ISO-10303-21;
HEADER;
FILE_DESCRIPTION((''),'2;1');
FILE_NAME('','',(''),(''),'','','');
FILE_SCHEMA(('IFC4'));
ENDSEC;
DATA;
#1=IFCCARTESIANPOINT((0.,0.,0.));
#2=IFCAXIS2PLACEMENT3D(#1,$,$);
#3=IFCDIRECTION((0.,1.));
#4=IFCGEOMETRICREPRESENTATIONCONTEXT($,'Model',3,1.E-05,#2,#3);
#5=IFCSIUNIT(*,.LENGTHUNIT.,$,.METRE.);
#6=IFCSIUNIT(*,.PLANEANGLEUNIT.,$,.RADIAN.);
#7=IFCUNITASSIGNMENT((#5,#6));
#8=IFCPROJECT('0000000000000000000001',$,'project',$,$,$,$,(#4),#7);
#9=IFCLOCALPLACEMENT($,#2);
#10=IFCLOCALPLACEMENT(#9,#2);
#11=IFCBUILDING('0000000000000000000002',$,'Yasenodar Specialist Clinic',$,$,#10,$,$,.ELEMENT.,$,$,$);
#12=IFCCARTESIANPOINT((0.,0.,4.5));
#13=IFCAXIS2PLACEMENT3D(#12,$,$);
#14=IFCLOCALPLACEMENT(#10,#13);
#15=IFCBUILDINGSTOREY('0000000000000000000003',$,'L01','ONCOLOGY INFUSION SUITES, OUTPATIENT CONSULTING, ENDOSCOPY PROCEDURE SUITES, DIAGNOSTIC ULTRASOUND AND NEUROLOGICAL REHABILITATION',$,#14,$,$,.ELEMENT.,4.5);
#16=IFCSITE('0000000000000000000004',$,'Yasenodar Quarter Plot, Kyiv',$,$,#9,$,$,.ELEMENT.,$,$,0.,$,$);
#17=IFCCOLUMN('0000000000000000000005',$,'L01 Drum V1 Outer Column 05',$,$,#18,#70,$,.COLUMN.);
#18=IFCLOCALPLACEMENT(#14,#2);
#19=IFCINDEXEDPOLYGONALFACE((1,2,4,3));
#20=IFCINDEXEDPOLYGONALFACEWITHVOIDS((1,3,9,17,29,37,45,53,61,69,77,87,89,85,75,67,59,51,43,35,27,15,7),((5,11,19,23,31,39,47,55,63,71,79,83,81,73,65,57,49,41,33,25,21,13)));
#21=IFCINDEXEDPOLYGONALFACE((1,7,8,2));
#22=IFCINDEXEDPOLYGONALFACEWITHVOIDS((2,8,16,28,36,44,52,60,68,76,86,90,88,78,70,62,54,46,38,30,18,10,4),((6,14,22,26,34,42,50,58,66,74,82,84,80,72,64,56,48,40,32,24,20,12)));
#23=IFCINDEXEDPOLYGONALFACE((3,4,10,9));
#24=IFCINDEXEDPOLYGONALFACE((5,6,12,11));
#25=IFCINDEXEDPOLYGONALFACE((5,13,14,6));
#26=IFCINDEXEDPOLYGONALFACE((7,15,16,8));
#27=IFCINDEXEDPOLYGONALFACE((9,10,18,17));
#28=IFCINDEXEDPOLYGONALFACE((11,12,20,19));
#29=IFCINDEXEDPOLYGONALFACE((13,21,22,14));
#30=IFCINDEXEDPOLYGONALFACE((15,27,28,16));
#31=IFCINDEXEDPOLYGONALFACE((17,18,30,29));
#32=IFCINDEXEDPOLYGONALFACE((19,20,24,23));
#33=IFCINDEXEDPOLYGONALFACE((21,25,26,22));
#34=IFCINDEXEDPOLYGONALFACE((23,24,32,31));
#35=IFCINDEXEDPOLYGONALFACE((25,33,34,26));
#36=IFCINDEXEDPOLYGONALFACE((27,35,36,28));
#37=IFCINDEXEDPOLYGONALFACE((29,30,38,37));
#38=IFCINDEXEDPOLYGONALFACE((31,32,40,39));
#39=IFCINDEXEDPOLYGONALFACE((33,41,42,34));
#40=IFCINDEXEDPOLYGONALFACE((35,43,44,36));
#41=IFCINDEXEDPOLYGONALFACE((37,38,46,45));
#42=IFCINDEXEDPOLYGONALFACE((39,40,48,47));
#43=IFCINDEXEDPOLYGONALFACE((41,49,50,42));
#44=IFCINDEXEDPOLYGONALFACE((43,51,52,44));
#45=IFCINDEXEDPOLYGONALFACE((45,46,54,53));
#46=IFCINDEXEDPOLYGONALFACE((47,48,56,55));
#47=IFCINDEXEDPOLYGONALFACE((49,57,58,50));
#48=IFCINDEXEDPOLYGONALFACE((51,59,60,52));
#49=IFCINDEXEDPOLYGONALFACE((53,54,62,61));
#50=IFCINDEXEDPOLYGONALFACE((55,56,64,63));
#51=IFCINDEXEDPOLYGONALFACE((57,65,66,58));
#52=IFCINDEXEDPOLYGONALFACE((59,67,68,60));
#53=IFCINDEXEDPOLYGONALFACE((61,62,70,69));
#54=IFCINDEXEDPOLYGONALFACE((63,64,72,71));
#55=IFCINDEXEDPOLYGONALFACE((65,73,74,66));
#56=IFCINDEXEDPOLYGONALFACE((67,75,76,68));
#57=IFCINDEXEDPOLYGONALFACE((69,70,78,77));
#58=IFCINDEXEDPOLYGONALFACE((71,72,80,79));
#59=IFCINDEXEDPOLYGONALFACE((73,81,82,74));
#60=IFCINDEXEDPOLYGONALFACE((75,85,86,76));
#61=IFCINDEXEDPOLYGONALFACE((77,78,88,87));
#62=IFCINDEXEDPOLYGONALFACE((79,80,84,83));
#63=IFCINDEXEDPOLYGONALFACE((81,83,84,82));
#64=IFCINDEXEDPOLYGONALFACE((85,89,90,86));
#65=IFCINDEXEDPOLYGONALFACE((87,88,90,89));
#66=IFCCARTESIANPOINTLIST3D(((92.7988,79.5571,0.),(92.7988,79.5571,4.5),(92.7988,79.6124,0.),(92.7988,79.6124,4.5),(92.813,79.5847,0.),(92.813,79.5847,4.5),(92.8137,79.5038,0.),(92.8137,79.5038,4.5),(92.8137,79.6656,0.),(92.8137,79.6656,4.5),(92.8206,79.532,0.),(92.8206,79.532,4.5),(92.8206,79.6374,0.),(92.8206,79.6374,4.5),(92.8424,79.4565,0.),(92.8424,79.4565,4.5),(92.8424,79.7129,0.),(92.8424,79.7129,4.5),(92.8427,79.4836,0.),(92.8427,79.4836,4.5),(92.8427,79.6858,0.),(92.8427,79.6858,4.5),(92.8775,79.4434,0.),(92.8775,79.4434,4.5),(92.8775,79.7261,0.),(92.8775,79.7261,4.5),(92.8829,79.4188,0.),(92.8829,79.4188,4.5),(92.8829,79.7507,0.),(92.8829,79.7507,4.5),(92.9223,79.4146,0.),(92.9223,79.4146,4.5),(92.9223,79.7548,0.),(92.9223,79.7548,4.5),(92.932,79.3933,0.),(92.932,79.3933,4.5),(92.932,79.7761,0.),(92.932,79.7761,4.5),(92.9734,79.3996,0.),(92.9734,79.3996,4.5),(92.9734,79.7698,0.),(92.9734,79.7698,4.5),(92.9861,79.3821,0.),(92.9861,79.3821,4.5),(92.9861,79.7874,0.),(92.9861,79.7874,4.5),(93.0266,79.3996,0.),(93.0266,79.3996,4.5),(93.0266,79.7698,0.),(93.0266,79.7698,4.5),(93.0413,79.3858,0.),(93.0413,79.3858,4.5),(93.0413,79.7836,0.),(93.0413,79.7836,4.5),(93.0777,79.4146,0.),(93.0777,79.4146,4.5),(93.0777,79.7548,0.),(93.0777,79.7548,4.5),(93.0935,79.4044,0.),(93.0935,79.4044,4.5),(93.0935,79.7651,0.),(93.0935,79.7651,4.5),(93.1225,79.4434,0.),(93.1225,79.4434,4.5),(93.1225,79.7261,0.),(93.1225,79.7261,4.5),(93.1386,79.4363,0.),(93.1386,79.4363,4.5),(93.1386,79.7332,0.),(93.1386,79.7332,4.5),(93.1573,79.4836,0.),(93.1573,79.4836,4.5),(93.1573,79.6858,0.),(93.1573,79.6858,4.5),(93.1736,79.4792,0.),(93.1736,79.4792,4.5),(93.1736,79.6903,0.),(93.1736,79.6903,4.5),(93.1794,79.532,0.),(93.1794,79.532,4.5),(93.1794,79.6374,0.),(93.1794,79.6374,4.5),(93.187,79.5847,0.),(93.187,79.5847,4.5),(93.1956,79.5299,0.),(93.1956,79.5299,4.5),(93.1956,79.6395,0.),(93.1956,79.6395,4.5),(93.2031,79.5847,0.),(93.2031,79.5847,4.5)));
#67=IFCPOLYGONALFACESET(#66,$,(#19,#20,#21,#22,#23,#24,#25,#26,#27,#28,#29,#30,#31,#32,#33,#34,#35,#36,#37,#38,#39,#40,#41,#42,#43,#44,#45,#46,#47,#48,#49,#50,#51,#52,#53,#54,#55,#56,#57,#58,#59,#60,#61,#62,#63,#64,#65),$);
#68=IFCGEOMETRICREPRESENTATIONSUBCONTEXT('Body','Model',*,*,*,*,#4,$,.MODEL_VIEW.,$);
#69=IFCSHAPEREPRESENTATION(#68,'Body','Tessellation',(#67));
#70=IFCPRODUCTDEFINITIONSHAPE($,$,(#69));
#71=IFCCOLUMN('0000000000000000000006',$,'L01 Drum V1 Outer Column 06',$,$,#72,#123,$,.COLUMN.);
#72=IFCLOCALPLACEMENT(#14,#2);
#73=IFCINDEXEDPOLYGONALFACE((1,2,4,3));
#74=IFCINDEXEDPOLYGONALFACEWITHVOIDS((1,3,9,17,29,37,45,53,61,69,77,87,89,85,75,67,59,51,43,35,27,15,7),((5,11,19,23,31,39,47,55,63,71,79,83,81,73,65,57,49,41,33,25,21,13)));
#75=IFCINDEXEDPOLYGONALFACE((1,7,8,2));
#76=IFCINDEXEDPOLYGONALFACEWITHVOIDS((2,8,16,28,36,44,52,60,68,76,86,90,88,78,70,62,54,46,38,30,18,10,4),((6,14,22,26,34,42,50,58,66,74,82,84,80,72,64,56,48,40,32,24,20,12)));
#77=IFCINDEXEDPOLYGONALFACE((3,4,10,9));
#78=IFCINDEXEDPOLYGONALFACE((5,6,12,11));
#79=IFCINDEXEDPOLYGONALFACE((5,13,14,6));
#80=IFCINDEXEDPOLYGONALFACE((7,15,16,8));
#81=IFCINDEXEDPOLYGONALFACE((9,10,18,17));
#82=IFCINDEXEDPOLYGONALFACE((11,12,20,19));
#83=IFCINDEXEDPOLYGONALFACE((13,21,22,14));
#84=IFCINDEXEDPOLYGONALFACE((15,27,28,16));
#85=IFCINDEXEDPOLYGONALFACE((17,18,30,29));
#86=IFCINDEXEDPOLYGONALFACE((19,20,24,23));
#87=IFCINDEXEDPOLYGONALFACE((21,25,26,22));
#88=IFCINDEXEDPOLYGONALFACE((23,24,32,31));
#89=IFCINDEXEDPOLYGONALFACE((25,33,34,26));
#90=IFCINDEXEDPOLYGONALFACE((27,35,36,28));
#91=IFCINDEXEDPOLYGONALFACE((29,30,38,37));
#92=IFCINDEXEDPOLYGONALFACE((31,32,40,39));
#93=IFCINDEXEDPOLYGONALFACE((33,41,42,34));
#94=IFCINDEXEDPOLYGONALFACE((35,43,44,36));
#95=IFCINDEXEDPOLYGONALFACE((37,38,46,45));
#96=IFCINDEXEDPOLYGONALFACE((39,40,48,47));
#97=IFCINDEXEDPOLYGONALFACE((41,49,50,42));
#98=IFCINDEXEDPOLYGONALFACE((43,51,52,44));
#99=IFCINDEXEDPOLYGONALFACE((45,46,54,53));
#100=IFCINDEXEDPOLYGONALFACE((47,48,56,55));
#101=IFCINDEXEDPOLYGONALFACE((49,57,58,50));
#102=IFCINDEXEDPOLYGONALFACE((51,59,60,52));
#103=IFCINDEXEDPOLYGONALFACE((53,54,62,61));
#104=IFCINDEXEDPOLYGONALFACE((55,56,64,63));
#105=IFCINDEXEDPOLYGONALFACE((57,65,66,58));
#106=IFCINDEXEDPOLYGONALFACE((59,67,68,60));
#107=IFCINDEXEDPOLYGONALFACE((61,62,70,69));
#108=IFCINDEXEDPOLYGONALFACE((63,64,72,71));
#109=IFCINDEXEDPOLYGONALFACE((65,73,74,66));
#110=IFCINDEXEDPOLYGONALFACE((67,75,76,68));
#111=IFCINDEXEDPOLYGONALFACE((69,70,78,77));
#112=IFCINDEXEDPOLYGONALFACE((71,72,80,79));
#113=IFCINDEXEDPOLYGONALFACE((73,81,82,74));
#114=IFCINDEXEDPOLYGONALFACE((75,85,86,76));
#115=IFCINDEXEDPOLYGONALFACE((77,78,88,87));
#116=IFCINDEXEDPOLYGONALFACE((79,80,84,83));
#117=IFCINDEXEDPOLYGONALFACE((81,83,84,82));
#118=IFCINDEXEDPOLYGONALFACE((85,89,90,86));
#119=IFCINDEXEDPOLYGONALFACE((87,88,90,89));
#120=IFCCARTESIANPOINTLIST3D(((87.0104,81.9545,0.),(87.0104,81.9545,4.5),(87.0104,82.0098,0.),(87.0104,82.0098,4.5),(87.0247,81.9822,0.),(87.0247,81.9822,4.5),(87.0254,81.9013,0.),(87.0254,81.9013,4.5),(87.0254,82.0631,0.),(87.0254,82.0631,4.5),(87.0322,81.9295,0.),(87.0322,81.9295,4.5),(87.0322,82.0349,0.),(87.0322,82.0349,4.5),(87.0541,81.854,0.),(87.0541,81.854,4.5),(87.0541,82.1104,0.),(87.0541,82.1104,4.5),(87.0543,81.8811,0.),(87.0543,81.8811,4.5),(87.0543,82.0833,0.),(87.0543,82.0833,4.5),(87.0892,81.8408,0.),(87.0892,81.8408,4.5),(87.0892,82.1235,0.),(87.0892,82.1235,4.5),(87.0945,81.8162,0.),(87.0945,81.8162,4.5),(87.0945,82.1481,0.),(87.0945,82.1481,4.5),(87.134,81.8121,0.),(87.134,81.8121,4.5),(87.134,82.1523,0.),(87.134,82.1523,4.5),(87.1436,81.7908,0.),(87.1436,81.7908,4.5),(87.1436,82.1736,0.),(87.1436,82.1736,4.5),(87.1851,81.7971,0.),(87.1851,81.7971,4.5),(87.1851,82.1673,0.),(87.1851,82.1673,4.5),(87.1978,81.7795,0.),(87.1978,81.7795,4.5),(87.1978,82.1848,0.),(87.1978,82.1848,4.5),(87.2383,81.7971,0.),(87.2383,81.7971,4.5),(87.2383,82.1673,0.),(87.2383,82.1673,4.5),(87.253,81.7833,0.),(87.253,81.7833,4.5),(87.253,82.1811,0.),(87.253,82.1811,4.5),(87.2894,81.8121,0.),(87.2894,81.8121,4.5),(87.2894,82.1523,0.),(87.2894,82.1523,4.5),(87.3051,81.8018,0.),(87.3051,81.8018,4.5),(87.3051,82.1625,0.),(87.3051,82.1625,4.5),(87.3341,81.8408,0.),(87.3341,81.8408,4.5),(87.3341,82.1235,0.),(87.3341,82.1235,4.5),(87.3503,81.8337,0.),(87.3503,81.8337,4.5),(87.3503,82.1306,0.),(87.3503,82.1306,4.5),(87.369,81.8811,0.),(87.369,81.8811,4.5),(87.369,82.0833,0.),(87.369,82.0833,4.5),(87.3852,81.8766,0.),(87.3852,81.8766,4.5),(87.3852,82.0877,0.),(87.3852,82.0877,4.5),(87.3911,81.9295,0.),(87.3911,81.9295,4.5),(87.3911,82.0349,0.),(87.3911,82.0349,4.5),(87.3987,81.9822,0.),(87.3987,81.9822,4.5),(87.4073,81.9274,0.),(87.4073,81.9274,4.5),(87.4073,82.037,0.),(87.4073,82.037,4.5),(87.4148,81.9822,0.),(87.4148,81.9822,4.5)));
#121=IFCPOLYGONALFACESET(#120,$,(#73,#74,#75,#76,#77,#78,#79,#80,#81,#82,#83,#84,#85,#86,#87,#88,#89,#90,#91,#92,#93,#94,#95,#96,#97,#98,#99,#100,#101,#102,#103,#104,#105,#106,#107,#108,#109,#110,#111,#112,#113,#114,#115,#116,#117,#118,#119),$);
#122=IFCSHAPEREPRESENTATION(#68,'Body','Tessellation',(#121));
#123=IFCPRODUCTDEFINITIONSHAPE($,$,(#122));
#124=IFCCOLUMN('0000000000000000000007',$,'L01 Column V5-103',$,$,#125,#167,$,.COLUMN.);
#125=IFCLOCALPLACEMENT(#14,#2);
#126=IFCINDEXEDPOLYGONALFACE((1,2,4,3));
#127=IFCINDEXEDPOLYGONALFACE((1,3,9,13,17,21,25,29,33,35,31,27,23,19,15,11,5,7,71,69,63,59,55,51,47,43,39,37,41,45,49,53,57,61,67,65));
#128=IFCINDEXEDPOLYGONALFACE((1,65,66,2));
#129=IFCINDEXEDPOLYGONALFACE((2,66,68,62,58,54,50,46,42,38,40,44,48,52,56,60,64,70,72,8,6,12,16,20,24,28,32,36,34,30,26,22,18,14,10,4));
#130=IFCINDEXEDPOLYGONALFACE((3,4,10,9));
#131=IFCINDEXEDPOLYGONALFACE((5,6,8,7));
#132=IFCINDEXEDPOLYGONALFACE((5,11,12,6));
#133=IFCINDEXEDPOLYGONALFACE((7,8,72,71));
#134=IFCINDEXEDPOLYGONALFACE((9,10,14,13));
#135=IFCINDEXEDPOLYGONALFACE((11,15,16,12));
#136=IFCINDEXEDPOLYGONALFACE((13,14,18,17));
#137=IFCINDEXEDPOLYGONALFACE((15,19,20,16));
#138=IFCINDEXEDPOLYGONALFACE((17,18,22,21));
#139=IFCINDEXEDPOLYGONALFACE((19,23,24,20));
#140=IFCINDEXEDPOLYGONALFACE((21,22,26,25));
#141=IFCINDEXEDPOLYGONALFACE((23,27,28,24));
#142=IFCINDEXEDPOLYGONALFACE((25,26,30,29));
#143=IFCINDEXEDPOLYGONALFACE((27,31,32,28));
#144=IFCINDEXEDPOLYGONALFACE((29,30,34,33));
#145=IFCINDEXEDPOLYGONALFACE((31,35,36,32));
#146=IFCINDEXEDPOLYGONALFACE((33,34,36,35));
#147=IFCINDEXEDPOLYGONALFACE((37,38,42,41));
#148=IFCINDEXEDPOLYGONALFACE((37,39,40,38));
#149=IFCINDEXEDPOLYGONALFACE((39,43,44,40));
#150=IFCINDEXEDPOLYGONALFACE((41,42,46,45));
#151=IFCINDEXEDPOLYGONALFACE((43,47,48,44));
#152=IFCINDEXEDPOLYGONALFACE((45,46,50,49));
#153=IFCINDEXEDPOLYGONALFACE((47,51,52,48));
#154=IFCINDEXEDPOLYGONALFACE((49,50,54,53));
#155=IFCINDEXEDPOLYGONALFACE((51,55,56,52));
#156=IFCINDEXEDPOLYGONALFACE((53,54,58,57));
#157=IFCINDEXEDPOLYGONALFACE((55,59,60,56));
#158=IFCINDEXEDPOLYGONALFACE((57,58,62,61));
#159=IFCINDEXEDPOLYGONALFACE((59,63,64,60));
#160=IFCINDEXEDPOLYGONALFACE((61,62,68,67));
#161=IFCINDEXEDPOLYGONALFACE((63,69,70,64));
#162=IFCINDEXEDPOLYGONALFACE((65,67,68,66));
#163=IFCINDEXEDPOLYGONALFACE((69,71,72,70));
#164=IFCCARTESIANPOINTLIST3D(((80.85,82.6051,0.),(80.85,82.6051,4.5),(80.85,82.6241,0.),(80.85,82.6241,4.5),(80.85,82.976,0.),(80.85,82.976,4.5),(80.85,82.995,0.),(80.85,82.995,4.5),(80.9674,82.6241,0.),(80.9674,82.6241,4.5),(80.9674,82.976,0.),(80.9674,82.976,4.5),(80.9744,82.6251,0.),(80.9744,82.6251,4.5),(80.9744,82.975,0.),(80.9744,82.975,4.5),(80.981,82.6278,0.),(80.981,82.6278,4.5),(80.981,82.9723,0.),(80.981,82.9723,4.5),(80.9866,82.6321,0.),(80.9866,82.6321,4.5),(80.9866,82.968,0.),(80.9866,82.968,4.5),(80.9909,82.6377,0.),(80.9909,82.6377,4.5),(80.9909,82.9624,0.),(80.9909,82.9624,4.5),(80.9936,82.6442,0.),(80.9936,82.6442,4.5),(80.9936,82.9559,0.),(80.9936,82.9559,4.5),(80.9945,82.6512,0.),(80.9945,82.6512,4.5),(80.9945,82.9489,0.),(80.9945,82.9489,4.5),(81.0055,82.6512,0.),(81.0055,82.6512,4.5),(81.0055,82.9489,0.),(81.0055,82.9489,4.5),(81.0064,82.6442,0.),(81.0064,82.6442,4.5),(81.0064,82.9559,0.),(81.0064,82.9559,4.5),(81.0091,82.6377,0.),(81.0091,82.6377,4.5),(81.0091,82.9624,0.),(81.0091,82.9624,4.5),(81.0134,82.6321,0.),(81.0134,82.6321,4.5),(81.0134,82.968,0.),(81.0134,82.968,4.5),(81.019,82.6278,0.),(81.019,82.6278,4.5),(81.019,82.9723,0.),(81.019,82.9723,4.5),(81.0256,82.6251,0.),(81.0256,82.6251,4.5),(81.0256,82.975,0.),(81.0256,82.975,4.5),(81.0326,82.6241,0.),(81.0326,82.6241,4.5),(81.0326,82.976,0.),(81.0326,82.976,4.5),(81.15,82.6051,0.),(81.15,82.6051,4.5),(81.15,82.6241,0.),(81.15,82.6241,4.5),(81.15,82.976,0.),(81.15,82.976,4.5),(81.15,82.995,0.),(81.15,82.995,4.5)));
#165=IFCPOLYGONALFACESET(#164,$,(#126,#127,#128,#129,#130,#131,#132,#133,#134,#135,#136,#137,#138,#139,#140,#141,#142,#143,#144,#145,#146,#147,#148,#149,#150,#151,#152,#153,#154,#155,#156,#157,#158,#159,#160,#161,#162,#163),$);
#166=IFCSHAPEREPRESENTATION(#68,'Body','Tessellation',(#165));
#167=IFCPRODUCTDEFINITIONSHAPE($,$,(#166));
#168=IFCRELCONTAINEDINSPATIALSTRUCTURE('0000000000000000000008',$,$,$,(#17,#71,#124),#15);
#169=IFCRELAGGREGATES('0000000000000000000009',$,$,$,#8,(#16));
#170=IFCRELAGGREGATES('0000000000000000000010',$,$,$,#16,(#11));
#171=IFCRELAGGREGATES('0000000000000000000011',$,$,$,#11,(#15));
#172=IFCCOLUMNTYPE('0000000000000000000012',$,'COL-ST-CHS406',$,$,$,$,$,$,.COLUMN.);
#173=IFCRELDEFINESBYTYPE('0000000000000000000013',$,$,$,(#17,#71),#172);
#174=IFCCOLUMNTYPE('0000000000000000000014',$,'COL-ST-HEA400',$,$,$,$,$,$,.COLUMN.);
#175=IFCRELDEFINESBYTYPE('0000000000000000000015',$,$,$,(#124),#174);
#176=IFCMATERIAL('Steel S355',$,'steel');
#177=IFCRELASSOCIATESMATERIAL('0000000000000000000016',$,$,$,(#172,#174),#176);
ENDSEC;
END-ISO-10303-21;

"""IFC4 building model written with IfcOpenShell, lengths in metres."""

from ifc_helpers import new_model, si_unit, direction, frame, origin, origin_2d, place, context, subcontext, project, spatial, hollow_circle, i_section, extrude, material, material_profile, profile_set, type_object, element, save


model = new_model("IFC4")

# Units and contexts
model_context = context("Model", 3, precision=1e-05, world=origin(), true_north=direction((0.0, 1.0)))
body_context = subcontext(model_context, "Body", "Model", "MODEL_VIEW")
ifc_project = project(units=[si_unit("LENGTHUNIT", "METRE"), si_unit("PLANEANGLEUNIT", "RADIAN")], contexts=[model_context])

# Site, building, storey
site_placement = place(None, origin())
site = spatial("IfcSite", under=ifc_project, at=site_placement, Name="Yasenodar Quarter Plot, Kyiv", CompositionType="ELEMENT", RefElevation=0.0)
building_placement = place(site_placement, origin())
building = spatial("IfcBuilding", under=site, at=building_placement, Name="Yasenodar Specialist Clinic", CompositionType="ELEMENT")
storey_placement = place(building_placement, frame((0.0, 0.0, 4.5)))
storey = spatial("IfcBuildingStorey", under=building, at=storey_placement, Name="L01", Description="ONCOLOGY INFUSION SUITES, OUTPATIENT CONSULTING, ENDOSCOPY PROCEDURE SUITES, DIAGNOSTIC ULTRASOUND AND NEUROLOGICAL REHABILITATION", CompositionType="ELEMENT", Elevation=4.5)

# Columns
ifc_material_1 = material(Name="Steel S355", Category="steel")
ifc_material_profile_1 = material_profile(ifc_material_1, hollow_circle(Radius=0.2031, WallThickness=0.0161, at=origin_2d()), Name="CHS 406.4x16")
ifc_profile_set_1 = profile_set([ifc_material_profile_1], Name="Steel S355")
column_type_1 = type_object("IfcColumnType", Name="COL-ST-CHS406", PredefinedType="COLUMN", material=ifc_profile_set_1)
for number, where, z_axis, x_axis, name in (
    (1, (93.0, 79.5847, 0.0), (0.0, 0.0, 1.0), (1.0, 0.0, 0.0), "L01 Drum V1 Outer Column 05"),
    (2, (87.2117, 81.9822, 0.0), (0.0, 0.0, 1.0), (1.0, 0.0, 0.0), "L01 Drum V1 Outer Column 06"),
):
    element("IfcColumn", number, at=place(storey_placement, frame(where, z_axis=z_axis, x_axis=x_axis)), inside=storey, type_object=column_type_1, Name=name, PredefinedType="COLUMN", context=body_context, shape_type="SweptSolid", body=[
        extrude(hollow_circle(Radius=0.2031, WallThickness=0.0161, at=origin_2d()), origin(), (0.0, 0.0, 1.0), 4.5),
    ])
ifc_material_profile_2 = material_profile(ifc_material_1, i_section(OverallWidth=0.3, OverallDepth=0.3899, WebThickness=0.011, FlangeThickness=0.019, FilletRadius=0.0271, at=origin_2d()), Name="HEA 400")
ifc_profile_set_2 = profile_set([ifc_material_profile_2], Name="Steel S355")
column_type_2 = type_object("IfcColumnType", Name="COL-ST-HEA400", PredefinedType="COLUMN", material=ifc_profile_set_2)
column_1_placement = place(storey_placement, frame((81.0, 82.8, 0.0), z_axis=(0.0, 0.0, 1.0), x_axis=(1.0, 0.0, 0.0)))
element("IfcColumn", 3, at=column_1_placement, inside=storey, type_object=column_type_2, Name="L01 Column V5-103", PredefinedType="COLUMN", context=body_context, shape_type="SweptSolid", body=[
    extrude(i_section(OverallWidth=0.3, OverallDepth=0.3899, WebThickness=0.011, FlangeThickness=0.019, FilletRadius=0.0271, at=origin_2d()), origin(), (0.0, 0.0, 1.0), 4.5),
])

save(model, "model.ifc")
